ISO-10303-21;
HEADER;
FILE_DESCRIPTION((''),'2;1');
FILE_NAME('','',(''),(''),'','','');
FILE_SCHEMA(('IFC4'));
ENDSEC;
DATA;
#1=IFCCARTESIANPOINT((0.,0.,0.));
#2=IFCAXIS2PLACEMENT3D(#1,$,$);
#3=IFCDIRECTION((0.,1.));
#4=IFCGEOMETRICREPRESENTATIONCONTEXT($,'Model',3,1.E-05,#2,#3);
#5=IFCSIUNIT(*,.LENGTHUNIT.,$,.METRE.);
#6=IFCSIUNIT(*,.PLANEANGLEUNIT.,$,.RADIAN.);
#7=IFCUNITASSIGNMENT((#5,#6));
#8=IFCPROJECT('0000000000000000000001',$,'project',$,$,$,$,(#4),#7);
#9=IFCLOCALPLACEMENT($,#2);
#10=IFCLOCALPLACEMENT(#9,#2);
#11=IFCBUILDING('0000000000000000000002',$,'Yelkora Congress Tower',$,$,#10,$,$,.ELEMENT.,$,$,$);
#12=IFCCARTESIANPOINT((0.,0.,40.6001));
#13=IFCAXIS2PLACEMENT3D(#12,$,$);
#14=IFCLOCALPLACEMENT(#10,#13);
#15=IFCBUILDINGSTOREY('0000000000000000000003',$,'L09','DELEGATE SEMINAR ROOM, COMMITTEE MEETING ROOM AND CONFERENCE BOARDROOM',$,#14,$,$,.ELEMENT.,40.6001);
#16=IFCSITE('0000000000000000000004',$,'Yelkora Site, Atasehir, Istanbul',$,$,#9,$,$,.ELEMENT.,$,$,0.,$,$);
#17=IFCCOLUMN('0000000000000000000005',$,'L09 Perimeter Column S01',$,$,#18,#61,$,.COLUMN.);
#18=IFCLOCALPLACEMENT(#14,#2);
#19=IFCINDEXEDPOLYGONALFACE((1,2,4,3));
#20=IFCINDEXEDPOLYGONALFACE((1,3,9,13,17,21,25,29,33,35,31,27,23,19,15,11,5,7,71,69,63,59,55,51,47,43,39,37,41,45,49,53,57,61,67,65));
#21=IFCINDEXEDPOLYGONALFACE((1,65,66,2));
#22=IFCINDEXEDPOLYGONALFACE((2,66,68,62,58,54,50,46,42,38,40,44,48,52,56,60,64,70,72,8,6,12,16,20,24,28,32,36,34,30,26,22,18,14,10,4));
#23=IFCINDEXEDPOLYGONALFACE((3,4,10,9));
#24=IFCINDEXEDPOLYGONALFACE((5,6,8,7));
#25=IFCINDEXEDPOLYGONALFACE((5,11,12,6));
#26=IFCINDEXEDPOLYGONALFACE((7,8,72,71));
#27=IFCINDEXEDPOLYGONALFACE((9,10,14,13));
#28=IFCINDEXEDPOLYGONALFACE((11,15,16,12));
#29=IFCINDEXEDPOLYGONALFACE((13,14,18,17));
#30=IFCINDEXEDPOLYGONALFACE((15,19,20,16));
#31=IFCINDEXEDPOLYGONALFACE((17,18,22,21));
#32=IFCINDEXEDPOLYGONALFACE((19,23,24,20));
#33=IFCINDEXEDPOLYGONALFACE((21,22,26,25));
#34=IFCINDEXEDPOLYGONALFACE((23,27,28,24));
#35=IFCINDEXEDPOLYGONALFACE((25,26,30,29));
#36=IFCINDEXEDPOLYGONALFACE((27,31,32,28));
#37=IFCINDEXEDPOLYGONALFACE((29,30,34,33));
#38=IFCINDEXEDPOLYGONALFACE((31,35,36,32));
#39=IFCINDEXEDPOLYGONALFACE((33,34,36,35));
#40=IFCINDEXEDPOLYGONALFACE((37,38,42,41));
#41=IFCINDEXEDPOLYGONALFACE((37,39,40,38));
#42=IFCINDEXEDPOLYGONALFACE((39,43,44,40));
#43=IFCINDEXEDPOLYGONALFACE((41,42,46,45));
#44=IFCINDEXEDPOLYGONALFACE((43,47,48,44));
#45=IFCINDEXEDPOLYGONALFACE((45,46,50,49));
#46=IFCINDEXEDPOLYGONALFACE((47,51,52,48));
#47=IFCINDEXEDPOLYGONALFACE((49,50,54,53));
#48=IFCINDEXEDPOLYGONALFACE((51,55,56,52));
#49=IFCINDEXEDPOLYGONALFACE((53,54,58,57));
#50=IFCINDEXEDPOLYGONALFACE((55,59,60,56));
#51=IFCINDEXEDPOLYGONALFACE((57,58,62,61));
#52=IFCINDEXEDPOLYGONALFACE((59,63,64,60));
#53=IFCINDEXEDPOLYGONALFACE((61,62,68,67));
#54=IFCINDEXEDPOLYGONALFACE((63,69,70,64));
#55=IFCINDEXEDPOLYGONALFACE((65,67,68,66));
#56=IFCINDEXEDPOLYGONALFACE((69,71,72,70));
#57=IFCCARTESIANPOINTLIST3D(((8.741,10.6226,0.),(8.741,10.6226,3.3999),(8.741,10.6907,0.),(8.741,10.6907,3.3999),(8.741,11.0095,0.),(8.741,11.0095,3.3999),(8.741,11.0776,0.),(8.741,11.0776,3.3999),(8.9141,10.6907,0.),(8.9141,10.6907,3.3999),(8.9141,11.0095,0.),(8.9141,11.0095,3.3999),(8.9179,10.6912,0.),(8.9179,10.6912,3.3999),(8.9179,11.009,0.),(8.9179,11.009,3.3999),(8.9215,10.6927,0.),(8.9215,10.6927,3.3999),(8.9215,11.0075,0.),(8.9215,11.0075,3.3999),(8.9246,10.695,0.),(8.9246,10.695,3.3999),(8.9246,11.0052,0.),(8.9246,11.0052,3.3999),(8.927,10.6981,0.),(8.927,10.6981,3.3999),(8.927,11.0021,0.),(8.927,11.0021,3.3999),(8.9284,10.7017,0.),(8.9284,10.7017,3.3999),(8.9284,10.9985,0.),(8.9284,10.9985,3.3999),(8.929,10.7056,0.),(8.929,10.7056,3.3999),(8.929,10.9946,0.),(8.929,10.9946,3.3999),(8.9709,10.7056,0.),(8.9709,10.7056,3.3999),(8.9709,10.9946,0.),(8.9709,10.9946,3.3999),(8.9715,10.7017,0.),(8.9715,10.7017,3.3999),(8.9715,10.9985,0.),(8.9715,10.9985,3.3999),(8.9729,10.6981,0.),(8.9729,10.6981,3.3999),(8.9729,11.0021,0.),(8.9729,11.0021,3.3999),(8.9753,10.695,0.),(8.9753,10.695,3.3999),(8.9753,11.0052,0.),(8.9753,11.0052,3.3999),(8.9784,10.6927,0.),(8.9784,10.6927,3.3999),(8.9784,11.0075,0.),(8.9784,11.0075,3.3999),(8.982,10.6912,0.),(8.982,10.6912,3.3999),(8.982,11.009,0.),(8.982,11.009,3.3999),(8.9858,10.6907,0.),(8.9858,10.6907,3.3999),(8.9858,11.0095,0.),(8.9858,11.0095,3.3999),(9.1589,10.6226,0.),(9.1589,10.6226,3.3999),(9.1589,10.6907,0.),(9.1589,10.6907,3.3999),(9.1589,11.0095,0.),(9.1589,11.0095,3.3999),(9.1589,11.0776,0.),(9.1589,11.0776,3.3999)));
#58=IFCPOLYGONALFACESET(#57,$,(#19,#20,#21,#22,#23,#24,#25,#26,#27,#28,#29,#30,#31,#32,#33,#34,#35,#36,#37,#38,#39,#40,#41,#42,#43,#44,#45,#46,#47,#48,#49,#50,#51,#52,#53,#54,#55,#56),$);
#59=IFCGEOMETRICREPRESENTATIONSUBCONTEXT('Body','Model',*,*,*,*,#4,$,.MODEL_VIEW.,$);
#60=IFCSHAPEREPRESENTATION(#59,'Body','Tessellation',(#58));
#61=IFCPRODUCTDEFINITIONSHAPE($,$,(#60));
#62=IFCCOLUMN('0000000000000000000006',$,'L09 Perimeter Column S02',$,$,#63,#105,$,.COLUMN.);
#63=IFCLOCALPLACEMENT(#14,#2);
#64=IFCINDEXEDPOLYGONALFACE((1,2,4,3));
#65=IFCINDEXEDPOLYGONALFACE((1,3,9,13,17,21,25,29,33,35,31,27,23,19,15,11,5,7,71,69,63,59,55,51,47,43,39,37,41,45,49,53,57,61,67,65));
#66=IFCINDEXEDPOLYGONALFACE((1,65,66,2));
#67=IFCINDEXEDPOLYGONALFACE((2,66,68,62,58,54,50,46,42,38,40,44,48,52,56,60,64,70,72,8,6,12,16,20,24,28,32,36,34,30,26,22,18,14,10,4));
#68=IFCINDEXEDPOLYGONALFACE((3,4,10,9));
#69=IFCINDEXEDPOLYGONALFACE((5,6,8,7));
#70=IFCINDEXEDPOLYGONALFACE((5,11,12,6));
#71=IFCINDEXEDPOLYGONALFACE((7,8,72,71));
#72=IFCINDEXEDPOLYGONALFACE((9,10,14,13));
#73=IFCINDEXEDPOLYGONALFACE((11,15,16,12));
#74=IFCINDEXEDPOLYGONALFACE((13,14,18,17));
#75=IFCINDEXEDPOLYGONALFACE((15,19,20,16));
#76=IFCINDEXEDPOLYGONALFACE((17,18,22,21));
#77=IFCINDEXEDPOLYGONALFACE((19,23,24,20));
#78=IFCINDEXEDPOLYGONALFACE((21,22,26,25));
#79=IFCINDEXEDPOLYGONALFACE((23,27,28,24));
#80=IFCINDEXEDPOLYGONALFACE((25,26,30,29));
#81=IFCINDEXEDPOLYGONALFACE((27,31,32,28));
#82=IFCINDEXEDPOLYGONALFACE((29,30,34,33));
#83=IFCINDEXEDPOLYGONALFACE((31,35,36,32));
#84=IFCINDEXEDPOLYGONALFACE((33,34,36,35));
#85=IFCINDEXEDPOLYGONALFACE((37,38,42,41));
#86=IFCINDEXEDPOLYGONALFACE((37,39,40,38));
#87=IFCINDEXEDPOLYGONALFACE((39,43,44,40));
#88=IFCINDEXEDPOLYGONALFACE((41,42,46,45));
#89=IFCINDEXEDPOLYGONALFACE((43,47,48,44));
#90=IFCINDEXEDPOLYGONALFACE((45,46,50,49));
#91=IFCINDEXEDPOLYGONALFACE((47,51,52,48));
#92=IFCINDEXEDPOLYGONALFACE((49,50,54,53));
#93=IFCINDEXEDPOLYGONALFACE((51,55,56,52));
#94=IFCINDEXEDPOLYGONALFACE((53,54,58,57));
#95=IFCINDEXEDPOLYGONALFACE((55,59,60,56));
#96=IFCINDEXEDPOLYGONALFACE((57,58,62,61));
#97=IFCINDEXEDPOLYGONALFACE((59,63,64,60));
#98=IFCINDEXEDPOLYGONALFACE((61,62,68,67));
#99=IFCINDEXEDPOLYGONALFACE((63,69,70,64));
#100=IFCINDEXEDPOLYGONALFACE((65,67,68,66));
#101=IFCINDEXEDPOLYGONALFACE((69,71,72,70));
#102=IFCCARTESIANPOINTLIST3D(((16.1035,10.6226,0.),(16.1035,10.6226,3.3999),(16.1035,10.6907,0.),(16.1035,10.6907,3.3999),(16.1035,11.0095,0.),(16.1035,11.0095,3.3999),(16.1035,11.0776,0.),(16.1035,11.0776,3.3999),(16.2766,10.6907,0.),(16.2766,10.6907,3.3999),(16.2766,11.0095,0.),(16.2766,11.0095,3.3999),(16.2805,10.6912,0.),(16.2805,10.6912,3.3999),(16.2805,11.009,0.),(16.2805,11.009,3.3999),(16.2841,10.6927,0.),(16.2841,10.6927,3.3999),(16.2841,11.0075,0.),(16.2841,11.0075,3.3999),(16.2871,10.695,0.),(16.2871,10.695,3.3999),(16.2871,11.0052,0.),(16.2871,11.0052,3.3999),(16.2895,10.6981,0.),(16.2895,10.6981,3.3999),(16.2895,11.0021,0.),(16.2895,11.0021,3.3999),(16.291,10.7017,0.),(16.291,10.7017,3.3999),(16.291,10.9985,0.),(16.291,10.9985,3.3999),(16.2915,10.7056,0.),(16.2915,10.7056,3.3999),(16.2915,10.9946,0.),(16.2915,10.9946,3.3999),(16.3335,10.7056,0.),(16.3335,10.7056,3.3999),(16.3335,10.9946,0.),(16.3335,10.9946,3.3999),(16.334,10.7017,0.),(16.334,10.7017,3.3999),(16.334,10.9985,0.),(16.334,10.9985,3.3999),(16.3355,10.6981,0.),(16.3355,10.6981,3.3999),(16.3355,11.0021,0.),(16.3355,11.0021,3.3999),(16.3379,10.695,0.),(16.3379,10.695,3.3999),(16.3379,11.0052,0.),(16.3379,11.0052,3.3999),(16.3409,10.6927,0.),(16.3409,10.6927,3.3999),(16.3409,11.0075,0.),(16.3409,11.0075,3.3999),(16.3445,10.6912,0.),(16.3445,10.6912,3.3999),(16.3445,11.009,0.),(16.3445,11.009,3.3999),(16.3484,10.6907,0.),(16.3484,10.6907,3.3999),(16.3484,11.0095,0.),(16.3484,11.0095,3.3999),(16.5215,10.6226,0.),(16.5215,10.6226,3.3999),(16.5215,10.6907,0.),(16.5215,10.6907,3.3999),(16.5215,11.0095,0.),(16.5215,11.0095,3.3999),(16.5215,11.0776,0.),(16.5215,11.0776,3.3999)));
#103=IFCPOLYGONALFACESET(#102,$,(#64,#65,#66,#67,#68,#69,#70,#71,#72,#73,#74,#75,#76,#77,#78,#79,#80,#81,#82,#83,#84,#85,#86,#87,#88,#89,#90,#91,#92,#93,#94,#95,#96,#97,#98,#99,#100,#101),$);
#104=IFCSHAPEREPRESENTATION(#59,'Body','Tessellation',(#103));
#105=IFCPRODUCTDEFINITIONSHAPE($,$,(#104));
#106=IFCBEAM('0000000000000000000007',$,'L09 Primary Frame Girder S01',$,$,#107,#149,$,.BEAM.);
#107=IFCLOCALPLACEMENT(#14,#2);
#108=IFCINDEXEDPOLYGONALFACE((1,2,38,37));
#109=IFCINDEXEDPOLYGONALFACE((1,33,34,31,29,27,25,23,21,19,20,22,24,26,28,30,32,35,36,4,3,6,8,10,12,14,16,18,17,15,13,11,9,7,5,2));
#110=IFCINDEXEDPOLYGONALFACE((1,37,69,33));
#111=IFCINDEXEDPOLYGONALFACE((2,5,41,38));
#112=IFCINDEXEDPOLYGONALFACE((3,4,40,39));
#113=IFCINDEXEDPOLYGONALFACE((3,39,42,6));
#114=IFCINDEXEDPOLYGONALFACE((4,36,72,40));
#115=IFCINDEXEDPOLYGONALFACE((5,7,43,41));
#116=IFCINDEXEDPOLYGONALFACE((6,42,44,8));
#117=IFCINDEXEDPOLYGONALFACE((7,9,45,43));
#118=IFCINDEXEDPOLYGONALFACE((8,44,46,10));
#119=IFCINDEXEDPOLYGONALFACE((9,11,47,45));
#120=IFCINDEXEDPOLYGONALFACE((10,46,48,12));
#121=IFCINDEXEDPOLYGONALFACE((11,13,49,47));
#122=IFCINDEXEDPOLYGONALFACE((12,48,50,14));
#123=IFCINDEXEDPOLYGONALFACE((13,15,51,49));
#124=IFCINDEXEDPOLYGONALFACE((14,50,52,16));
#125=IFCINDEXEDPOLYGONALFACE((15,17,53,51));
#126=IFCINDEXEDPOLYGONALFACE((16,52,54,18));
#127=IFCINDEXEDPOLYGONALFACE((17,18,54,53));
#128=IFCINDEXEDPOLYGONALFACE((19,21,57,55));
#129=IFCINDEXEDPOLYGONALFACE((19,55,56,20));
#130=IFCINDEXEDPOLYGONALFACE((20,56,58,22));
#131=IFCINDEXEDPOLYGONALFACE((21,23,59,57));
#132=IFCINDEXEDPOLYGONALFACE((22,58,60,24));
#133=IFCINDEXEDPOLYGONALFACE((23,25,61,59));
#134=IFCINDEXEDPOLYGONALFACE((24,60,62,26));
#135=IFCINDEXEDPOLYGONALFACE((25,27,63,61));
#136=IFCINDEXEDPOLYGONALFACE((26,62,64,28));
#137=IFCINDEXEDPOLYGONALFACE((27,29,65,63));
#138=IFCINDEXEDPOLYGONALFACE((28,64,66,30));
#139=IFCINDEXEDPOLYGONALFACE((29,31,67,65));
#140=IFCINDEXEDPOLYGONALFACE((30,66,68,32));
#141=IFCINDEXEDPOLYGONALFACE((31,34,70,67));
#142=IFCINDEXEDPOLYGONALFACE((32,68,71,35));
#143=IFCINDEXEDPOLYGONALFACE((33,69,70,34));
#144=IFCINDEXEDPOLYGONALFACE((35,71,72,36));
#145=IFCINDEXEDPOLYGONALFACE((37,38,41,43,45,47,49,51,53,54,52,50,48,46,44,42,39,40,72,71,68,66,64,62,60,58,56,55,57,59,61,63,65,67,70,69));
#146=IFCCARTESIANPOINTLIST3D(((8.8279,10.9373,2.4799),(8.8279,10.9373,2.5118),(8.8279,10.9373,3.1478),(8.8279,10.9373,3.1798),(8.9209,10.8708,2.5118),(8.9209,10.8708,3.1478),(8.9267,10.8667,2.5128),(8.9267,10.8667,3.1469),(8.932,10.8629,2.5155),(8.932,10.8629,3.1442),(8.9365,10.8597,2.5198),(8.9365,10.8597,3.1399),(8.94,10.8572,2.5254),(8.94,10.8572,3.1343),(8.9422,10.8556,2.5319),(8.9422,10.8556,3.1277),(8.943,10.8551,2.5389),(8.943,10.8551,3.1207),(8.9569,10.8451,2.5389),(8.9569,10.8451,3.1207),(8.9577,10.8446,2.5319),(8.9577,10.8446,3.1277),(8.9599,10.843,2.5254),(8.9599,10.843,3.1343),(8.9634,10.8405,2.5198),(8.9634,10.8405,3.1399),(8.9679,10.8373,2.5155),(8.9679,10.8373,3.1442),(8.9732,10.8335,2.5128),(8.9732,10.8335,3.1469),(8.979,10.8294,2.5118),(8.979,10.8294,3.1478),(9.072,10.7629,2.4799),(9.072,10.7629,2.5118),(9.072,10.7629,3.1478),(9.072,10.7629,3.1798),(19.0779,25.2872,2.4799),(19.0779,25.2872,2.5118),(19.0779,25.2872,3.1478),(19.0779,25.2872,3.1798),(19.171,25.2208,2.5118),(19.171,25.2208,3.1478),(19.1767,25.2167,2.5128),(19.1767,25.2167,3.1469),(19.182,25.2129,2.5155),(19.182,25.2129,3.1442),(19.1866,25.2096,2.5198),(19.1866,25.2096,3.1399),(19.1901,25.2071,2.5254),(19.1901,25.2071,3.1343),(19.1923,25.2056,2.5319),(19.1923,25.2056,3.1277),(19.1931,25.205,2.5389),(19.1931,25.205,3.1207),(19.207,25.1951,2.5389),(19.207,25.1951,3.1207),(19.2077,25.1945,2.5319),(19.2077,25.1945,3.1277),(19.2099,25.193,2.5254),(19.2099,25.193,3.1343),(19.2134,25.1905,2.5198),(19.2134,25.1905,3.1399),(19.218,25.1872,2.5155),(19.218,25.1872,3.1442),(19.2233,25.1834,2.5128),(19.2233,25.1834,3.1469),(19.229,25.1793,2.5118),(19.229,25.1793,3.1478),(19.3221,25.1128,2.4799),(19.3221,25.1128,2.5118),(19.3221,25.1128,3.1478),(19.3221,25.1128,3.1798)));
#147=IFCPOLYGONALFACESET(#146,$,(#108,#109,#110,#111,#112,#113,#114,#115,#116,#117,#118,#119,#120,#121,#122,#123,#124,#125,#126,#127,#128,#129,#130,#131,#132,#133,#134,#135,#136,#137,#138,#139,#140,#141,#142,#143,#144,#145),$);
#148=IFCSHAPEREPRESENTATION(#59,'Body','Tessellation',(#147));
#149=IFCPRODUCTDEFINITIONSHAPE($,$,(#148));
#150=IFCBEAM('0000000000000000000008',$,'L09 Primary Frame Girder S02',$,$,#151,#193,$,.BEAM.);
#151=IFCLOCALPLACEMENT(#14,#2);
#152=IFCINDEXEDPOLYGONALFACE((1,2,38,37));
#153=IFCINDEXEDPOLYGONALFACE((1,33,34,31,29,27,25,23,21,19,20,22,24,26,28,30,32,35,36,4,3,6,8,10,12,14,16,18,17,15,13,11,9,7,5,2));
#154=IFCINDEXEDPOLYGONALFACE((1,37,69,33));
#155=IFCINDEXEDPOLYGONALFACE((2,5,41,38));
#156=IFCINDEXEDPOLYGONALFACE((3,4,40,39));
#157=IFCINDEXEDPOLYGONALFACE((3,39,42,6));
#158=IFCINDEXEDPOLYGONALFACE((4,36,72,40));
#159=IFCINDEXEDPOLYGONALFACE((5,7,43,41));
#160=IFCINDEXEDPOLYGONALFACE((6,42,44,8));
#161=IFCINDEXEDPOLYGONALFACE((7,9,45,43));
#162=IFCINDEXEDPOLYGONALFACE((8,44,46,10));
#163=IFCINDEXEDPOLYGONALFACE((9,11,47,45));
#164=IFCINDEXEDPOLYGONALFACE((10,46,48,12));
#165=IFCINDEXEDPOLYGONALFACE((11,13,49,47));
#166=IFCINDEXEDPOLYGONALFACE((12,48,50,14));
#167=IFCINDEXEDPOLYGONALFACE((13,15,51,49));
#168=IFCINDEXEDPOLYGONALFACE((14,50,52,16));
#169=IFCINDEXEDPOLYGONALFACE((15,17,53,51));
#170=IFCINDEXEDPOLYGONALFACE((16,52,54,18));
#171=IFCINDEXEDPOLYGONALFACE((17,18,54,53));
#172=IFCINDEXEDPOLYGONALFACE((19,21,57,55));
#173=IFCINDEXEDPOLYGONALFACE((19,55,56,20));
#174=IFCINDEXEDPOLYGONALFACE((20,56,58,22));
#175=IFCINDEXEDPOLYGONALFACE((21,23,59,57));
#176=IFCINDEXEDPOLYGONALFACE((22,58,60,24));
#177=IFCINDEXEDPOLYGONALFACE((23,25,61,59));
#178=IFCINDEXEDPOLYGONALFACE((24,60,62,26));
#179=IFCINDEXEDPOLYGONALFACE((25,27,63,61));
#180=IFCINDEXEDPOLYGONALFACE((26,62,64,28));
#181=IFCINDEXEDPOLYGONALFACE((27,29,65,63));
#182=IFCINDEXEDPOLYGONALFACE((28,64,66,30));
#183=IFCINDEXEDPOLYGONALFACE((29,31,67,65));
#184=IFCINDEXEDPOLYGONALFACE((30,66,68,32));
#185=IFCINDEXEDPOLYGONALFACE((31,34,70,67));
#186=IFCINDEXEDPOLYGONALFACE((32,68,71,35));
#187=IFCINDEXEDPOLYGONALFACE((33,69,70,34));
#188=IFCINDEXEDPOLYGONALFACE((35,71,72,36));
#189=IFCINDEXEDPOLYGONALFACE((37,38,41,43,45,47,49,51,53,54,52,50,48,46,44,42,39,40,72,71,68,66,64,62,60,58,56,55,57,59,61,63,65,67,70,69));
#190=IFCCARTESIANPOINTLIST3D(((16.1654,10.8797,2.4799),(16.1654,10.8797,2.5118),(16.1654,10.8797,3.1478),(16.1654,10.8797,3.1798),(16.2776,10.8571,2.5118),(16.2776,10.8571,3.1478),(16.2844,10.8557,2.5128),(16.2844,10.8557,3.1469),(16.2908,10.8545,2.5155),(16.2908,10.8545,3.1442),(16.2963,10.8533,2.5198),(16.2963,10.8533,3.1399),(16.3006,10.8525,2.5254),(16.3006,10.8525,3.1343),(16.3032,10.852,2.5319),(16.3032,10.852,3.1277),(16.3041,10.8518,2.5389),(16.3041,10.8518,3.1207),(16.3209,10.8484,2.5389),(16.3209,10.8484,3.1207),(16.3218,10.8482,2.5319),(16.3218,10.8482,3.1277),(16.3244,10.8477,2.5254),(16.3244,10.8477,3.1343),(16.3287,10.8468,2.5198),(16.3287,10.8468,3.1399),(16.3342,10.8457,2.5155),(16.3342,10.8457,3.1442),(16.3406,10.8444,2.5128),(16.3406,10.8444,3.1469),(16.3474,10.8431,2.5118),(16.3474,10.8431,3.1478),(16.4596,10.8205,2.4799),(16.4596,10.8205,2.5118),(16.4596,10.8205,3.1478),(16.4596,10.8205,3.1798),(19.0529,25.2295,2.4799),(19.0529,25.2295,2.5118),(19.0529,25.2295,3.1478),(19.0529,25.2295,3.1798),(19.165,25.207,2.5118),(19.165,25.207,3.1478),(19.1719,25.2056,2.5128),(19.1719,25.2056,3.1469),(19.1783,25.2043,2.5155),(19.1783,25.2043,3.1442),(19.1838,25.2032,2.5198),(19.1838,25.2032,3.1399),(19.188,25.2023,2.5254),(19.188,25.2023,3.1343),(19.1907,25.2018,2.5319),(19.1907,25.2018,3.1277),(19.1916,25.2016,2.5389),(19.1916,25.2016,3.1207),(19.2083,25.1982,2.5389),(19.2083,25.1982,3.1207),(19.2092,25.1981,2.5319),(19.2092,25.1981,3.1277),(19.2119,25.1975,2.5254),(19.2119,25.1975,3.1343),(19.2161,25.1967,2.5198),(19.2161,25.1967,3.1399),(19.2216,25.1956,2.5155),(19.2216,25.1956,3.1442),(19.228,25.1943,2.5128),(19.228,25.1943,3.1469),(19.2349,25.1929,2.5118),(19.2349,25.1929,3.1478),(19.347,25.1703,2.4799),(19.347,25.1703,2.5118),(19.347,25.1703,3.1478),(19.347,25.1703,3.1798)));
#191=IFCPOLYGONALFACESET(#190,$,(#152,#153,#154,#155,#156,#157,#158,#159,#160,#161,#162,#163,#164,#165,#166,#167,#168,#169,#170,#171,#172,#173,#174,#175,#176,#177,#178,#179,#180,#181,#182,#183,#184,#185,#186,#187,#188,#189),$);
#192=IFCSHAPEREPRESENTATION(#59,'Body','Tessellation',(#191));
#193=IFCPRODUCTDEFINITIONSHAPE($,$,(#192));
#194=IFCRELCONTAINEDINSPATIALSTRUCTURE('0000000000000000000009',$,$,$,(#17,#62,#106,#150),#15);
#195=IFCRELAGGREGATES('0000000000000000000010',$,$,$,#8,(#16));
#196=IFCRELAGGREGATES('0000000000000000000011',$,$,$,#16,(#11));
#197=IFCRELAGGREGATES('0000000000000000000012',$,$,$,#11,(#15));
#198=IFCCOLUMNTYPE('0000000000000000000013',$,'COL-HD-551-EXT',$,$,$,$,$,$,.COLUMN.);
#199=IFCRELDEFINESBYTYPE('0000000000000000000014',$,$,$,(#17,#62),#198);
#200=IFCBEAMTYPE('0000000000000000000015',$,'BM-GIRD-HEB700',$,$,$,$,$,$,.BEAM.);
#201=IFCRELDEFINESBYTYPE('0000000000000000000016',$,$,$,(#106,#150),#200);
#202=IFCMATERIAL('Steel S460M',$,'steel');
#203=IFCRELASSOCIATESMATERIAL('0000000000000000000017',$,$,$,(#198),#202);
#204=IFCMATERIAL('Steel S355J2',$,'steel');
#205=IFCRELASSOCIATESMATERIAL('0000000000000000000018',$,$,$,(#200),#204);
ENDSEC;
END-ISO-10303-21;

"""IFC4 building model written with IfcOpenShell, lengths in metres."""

from ifc_helpers import new_model, si_unit, direction, frame, origin, origin_2d, place, context, subcontext, project, spatial, i_section, extrude, material, material_profile, profile_set, type_object, element, save


model = new_model("IFC4")

# Units and contexts
model_context = context("Model", 3, precision=1e-05, world=origin(), true_north=direction((0.0, 1.0)))
body_context = subcontext(model_context, "Body", "Model", "MODEL_VIEW")
ifc_project = project(units=[si_unit("LENGTHUNIT", "METRE"), si_unit("PLANEANGLEUNIT", "RADIAN")], contexts=[model_context])

# Site, building, storey
site_placement = place(None, origin())
site = spatial("IfcSite", under=ifc_project, at=site_placement, Name="Yelkora Site, Atasehir, Istanbul", CompositionType="ELEMENT", RefElevation=0.0)
building_placement = place(site_placement, origin())
building = spatial("IfcBuilding", under=site, at=building_placement, Name="Yelkora Congress Tower", CompositionType="ELEMENT")
storey_placement = place(building_placement, frame((0.0, 0.0, 40.6001)))
storey = spatial("IfcBuildingStorey", under=building, at=storey_placement, Name="L09", Description="DELEGATE SEMINAR ROOM, COMMITTEE MEETING ROOM AND CONFERENCE BOARDROOM", CompositionType="ELEMENT", Elevation=40.6001)

# Columns
ifc_material_1 = material(Name="Steel S460M", Category="steel")
ifc_material_profile_1 = material_profile(ifc_material_1, i_section(OverallWidth=0.418, OverallDepth=0.4551, WebThickness=0.042, FlangeThickness=0.0681, FilletRadius=0.0149, at=origin_2d()), Name="HD 400x551")
ifc_profile_set_1 = profile_set([ifc_material_profile_1], Name="Steel S460M")
column_type = type_object("IfcColumnType", Name="COL-HD-551-EXT", PredefinedType="COLUMN", material=ifc_profile_set_1)
for number, where, z_axis, x_axis, name in (
    (1, (8.95, 10.8501, 0.0), (0.0, 0.0, 1.0), (1.0, 0.0, 0.0), "L09 Perimeter Column S01"),
    (2, (16.3125, 10.8501, 0.0), (0.0, 0.0, 1.0), (1.0, 0.0, 0.0), "L09 Perimeter Column S02"),
):
    element("IfcColumn", number, at=place(storey_placement, frame(where, z_axis=z_axis, x_axis=x_axis)), inside=storey, type_object=column_type, Name=name, PredefinedType="COLUMN", context=body_context, shape_type="SweptSolid", body=[
        extrude(i_section(OverallWidth=0.418, OverallDepth=0.4551, WebThickness=0.042, FlangeThickness=0.0681, FilletRadius=0.0149, at=origin_2d()), origin(), (0.0, 0.0, 1.0), 3.3999),
    ])

# Beams
ifc_material_2 = material(Name="Steel S355J2", Category="steel")
ifc_material_profile_2 = material_profile(ifc_material_2, i_section(OverallWidth=0.3, OverallDepth=0.7, WebThickness=0.0171, FlangeThickness=0.032, FilletRadius=0.0271, at=origin_2d()), Name="HEB 700")
ifc_profile_set_2 = profile_set([ifc_material_profile_2], Name="Steel S355J2")
beam_type_1 = type_object("IfcBeamType", Name="BM-GIRD-HEB700", PredefinedType="BEAM", material=ifc_profile_set_2)
beam_1_placement = place(storey_placement, frame((8.95, 10.8501, 2.8298), z_axis=(0.581242, 0.813731, 0.0), x_axis=(-0.813731, 0.581242, 0.0)))
element("IfcBeam", 3, at=beam_1_placement, inside=storey, type_object=beam_type_1, Name="L09 Primary Frame Girder S01", PredefinedType="BEAM", context=body_context, shape_type="SweptSolid", body=[
    extrude(i_section(OverallWidth=0.3, OverallDepth=0.7, WebThickness=0.0171, FlangeThickness=0.032, FilletRadius=0.0271, at=origin_2d()), origin(), (0.0, 0.0, 1.0), 17.6348),
])
beam_2_placement = place(storey_placement, frame((16.3125, 10.8501, 2.8298), z_axis=(0.197264, 0.98035, 0.0), x_axis=(-0.98035, 0.197264, 0.0)))
element("IfcBeam", 4, at=beam_2_placement, inside=storey, type_object=beam_type_1, Name="L09 Primary Frame Girder S02", PredefinedType="BEAM", context=body_context, shape_type="SweptSolid", body=[
    extrude(i_section(OverallWidth=0.3, OverallDepth=0.7, WebThickness=0.0171, FlangeThickness=0.032, FilletRadius=0.0271, at=origin_2d()), origin(), (0.0, 0.0, 1.0), 14.6375),
])

save(model, "model.ifc")
